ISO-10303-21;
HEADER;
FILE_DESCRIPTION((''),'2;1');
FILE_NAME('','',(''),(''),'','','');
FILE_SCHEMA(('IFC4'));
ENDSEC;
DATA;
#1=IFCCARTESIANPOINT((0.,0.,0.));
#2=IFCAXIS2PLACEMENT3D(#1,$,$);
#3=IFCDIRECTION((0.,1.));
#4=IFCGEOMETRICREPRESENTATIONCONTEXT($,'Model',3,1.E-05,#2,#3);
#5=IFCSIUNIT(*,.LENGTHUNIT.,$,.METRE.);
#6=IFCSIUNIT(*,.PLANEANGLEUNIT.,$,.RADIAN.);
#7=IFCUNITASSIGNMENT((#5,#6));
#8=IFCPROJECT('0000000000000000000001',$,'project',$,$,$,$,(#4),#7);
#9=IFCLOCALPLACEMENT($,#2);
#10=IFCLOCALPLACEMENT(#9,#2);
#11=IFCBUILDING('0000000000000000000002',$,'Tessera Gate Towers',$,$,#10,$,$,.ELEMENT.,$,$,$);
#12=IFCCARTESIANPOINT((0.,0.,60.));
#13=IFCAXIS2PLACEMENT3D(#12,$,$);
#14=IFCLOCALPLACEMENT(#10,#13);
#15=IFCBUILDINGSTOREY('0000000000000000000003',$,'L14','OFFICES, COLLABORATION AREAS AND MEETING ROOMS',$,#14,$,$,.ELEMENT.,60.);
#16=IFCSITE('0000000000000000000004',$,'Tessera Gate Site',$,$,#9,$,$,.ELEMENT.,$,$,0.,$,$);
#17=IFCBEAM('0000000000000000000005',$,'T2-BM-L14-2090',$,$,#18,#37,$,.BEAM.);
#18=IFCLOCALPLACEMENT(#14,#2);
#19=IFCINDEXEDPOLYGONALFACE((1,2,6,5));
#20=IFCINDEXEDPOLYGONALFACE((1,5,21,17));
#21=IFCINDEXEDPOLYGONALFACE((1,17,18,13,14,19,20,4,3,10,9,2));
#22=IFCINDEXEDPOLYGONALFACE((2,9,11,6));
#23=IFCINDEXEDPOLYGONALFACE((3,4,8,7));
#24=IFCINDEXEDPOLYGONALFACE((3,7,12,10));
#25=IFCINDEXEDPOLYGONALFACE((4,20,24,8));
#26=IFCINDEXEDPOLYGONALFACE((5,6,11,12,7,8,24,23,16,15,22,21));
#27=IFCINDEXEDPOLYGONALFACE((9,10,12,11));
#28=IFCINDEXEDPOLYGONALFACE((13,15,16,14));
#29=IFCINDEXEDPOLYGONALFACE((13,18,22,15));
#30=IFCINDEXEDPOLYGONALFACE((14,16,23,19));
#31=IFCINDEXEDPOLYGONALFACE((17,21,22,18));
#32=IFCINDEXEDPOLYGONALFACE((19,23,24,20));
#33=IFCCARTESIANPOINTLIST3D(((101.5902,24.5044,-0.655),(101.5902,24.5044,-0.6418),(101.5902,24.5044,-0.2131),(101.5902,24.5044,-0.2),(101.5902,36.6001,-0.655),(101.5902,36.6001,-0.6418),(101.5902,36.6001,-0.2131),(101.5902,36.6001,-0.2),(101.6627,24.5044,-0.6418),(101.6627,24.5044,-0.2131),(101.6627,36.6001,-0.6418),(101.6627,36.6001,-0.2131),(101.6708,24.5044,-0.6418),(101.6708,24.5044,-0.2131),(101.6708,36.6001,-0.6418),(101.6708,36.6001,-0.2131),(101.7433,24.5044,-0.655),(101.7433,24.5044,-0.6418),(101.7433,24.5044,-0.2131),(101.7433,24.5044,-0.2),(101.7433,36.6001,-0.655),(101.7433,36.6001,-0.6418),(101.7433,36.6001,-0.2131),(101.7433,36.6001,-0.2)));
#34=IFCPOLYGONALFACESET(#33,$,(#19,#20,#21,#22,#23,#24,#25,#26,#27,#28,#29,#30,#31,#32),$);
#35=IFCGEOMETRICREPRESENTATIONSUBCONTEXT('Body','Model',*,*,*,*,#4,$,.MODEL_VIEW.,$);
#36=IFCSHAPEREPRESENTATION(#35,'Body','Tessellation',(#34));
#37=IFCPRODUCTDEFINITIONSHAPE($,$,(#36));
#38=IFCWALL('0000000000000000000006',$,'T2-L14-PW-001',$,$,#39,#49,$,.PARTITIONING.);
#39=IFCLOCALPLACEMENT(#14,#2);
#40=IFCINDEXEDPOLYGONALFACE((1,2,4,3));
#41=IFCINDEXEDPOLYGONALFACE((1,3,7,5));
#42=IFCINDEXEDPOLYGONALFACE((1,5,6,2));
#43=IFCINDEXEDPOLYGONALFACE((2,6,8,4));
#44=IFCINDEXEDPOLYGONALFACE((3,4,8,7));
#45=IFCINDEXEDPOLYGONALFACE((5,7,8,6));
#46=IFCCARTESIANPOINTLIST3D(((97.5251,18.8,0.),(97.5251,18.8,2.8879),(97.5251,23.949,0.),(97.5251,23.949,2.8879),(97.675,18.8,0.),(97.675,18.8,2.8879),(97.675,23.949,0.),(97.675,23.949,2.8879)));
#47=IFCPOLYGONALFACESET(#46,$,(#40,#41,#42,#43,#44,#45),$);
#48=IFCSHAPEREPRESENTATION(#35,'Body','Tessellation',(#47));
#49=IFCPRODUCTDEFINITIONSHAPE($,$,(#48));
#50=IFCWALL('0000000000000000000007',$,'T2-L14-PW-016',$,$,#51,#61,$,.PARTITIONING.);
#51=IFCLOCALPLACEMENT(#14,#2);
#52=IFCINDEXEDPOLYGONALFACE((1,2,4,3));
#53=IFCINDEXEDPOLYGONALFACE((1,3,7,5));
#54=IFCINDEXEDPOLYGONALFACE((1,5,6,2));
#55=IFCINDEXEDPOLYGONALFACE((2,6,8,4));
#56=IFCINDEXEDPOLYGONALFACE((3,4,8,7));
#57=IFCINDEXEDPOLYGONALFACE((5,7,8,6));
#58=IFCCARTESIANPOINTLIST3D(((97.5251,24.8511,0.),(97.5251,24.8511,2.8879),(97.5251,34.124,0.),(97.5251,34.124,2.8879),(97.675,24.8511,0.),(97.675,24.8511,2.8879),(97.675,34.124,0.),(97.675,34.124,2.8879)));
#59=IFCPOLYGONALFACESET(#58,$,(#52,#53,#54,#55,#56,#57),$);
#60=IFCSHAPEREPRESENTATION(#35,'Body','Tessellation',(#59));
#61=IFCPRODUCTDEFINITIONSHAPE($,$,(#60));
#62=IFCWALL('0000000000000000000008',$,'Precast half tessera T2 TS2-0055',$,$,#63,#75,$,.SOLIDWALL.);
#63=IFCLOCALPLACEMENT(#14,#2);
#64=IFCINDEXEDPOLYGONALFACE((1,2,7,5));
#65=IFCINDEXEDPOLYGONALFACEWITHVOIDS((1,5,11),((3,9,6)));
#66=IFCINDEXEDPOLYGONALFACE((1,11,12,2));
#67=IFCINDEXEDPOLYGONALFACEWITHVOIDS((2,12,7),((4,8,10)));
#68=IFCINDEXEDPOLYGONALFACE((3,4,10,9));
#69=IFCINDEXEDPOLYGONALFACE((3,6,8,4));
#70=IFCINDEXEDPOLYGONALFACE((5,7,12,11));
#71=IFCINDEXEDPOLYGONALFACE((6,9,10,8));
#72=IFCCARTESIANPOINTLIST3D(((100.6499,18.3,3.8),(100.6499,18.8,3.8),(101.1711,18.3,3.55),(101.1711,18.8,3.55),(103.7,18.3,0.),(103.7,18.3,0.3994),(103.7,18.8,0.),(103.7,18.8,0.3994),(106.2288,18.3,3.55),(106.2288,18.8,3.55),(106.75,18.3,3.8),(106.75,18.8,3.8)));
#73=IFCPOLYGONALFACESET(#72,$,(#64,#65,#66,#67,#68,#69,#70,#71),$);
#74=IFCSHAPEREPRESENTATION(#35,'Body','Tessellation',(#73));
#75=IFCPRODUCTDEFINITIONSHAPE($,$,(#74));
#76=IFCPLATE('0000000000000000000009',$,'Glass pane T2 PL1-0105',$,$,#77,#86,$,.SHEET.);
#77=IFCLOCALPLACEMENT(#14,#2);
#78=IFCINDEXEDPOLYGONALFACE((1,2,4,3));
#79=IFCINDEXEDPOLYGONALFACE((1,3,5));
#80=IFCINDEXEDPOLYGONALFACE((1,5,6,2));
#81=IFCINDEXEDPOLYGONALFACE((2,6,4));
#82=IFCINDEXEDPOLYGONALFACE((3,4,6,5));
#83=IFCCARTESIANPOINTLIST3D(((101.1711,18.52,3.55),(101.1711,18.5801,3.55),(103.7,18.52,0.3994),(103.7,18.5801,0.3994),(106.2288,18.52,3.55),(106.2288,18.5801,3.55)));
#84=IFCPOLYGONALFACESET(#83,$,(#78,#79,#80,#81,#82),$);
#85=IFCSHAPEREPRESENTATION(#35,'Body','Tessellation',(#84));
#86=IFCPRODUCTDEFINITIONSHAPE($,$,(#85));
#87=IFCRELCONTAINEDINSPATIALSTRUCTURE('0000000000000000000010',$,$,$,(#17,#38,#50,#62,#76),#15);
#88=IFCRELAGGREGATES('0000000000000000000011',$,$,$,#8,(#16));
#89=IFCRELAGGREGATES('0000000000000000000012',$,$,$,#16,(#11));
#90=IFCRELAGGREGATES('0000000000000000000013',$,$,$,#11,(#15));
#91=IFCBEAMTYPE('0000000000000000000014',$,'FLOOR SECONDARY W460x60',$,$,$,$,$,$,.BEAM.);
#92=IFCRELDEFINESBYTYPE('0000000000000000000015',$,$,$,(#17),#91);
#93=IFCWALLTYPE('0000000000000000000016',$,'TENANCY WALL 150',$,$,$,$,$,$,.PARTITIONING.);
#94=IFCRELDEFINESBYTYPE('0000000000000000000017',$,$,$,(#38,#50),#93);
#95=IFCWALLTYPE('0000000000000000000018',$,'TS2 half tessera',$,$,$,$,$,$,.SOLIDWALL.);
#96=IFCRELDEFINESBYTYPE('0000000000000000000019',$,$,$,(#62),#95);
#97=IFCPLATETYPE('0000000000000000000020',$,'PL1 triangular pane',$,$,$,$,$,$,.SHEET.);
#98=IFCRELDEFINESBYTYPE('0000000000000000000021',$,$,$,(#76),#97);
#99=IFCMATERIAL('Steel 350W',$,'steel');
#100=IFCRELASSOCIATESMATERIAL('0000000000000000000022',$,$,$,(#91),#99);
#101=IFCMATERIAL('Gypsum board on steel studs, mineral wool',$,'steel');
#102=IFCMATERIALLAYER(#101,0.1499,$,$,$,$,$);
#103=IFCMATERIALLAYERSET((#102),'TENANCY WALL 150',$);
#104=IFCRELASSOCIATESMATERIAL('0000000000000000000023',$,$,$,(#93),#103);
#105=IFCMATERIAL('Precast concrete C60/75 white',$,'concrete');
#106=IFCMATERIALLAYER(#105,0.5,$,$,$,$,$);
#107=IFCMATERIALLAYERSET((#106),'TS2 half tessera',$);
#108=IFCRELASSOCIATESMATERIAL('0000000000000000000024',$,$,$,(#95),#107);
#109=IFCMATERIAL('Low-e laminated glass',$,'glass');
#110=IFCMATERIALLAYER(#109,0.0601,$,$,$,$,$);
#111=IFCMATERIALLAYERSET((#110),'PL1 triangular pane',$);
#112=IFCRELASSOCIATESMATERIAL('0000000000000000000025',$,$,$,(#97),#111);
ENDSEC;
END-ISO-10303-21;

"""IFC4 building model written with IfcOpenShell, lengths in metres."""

from ifc_helpers import new_model, si_unit, direction, frame, frame_2d, origin, origin_2d, place, context, subcontext, project, spatial, polyline, rectangle, i_section, outline, extrude, source, transform, mapped, material, layer, layer_set, material_profile, profile_set, type_object, element, fill, save


model = new_model("IFC4")

# Units and contexts
model_context = context("Model", 3, precision=1e-05, world=origin(), true_north=direction((0.0, 1.0)))
body_context = subcontext(model_context, "Body", "Model", "MODEL_VIEW")
ifc_project = project(units=[si_unit("LENGTHUNIT", "METRE"), si_unit("PLANEANGLEUNIT", "RADIAN")], contexts=[model_context])

# Site, building, storey
site_placement = place(None, origin())
site = spatial("IfcSite", under=ifc_project, at=site_placement, Name="Tessera Gate Site", CompositionType="ELEMENT", RefElevation=0.0)
building_placement = place(site_placement, origin())
building = spatial("IfcBuilding", under=site, at=building_placement, Name="Tessera Gate Towers", CompositionType="ELEMENT")
storey_placement = place(building_placement, frame((0.0, 0.0, 60.0)))
storey = spatial("IfcBuildingStorey", under=building, at=storey_placement, Name="L14", Description="OFFICES, COLLABORATION AREAS AND MEETING ROOMS", CompositionType="ELEMENT", Elevation=60.0)

# Beam
ifc_material_1 = material(Name="Steel 350W", Category="steel")
ifc_material_profile_1 = material_profile(ifc_material_1, i_section(OverallWidth=0.1531, OverallDepth=0.4551, WebThickness=0.0081, FlangeThickness=0.0132, at=origin_2d()), Name="W460x60")
ifc_profile_set_1 = profile_set([ifc_material_profile_1], Name="Steel 350W")
beam_type_1 = type_object("IfcBeamType", Name="FLOOR SECONDARY W460x60", PredefinedType="BEAM", material=ifc_profile_set_1)
beam_1_placement = place(storey_placement, frame((101.6667, 24.5044, -0.4275), z_axis=(0.0, 1.0, 0.0), x_axis=(-1.0, 0.0, 0.0)))
element("IfcBeam", 1, at=beam_1_placement, inside=storey, type_object=beam_type_1, Name="T2-BM-L14-2090", PredefinedType="BEAM", context=body_context, shape_type="SweptSolid", body=[
    extrude(i_section(OverallWidth=0.1531, OverallDepth=0.4551, WebThickness=0.0081, FlangeThickness=0.0132, at=origin_2d()), origin(), (0.0, 0.0, 1.0), 12.0957),
])

# Walls
ifc_material_2 = material(Name="Gypsum board on steel studs, mineral wool", Category="steel")
ifc_layer_1 = layer(ifc_material_2, 0.1499)
ifc_layer_set_1 = layer_set([ifc_layer_1], Name="TENANCY WALL 150")
wall_type_1 = type_object("IfcWallType", Name="TENANCY WALL 150", PredefinedType="PARTITIONING", material=ifc_layer_set_1)
wall_1_placement = place(storey_placement, frame((97.6001, 18.8, 0.0), z_axis=(0.0, 0.0, 1.0), x_axis=(0.0, 1.0, 0.0)))
element("IfcWall", 2, at=wall_1_placement, inside=storey, type_object=wall_type_1, Name="T2-L14-PW-001", PredefinedType="PARTITIONING", context=body_context, shape_type="SweptSolid", body=[
    extrude(rectangle(XDim=5.1489, YDim=0.1499, at=frame_2d((2.5745, 0.0))), origin(), (0.0, 0.0, 1.0), 2.8879),
])
wall_2_placement = place(storey_placement, frame((97.6001, 24.8511, 0.0), z_axis=(0.0, 0.0, 1.0), x_axis=(0.0, 1.0, 0.0)))
element("IfcWall", 3, at=wall_2_placement, inside=storey, type_object=wall_type_1, Name="T2-L14-PW-016", PredefinedType="PARTITIONING", context=body_context, shape_type="SweptSolid", body=[
    extrude(rectangle(XDim=9.2729, YDim=0.1499, at=frame_2d((4.6365, 0.0))), origin(), (0.0, 0.0, 1.0), 2.8879),
])

# Wall, opening, plate
ifc_material_3 = material(Name="Precast concrete C60/75 white", Category="concrete")
ifc_layer_2 = layer(ifc_material_3, 0.5)
ifc_layer_set_2 = layer_set([ifc_layer_2], Name="TS2 half tessera")
wall_type_2 = type_object("IfcWallType", Name="TS2 half tessera", PredefinedType="SOLIDWALL", material=ifc_layer_set_2)
shared_shape_1 = source(origin(), body_context, "Body", "SweptSolid", [
    extrude(outline(polyline([(3.05, 0.0), (6.1001, 3.8), (0.0, 3.8), (3.05, 0.0)])), frame((0.0, 0.25, 0.0), z_axis=(0.0, -1.0, 0.0), x_axis=(1.0, 0.0, 0.0)), (0.0, 0.0, 1.0), 0.5),
])
wall_3_placement = place(storey_placement, frame((100.6499, 18.55, 0.0), z_axis=(0.0, 0.0, 1.0), x_axis=(1.0, 0.0, 0.0)))
wall_3 = element("IfcWall", 4, at=wall_3_placement, inside=storey, type_object=wall_type_2, Name="Precast half tessera T2 TS2-0055", PredefinedType="SOLIDWALL", context=body_context, shape_type="MappedRepresentation", body=[
    mapped(shared_shape_1, transform((0.0, 0.0, 0.0), scale=1.0)),
])
shared_shape_2 = source(origin(), body_context, "Body", "SweptSolid", [
    extrude(outline(polyline([(3.05, 0.3994), (5.5789, 3.55), (0.5212, 3.55), (3.05, 0.3994)])), frame((0.0, 0.26, 0.0), z_axis=(0.0, -1.0, 0.0), x_axis=(1.0, 0.0, 0.0)), (0.0, 0.0, 1.0), 0.52),
])
opening_placement = place(wall_3_placement, origin())
opening = element("IfcOpeningElement", 5, at=opening_placement, cuts=wall_3, PredefinedType="OPENING", context=body_context, shape_type="MappedRepresentation", body=[
    mapped(shared_shape_2, transform((0.0, 0.0, 0.0), scale=1.0)),
])
ifc_material_4 = material(Name="Low-e laminated glass", Category="glass")
ifc_layer_3 = layer(ifc_material_4, 0.0601)
ifc_layer_set_3 = layer_set([ifc_layer_3], Name="PL1 triangular pane")
plate_type = type_object("IfcPlateType", Name="PL1 triangular pane", PredefinedType="SHEET", material=ifc_layer_set_3)
shared_shape_3 = source(origin(), body_context, "Body", "SweptSolid", [
    extrude(outline(polyline([(3.05, 0.3994), (5.5789, 3.55), (0.5212, 3.55), (3.05, 0.3994)])), frame((0.0, 0.03, 0.0), z_axis=(0.0, -1.0, 0.0), x_axis=(1.0, 0.0, 0.0)), (0.0, 0.0, 1.0), 0.0601),
])
plate_placement = place(opening_placement, origin())
plate = element("IfcPlate", 6, at=plate_placement, inside=storey, type_object=plate_type, Name="Glass pane T2 PL1-0105", PredefinedType="SHEET", context=body_context, shape_type="MappedRepresentation", body=[
    mapped(shared_shape_3, transform((0.0, 0.0, 0.0), scale=1.0)),
])
fill(opening, plate)

save(model, "model.ifc")
